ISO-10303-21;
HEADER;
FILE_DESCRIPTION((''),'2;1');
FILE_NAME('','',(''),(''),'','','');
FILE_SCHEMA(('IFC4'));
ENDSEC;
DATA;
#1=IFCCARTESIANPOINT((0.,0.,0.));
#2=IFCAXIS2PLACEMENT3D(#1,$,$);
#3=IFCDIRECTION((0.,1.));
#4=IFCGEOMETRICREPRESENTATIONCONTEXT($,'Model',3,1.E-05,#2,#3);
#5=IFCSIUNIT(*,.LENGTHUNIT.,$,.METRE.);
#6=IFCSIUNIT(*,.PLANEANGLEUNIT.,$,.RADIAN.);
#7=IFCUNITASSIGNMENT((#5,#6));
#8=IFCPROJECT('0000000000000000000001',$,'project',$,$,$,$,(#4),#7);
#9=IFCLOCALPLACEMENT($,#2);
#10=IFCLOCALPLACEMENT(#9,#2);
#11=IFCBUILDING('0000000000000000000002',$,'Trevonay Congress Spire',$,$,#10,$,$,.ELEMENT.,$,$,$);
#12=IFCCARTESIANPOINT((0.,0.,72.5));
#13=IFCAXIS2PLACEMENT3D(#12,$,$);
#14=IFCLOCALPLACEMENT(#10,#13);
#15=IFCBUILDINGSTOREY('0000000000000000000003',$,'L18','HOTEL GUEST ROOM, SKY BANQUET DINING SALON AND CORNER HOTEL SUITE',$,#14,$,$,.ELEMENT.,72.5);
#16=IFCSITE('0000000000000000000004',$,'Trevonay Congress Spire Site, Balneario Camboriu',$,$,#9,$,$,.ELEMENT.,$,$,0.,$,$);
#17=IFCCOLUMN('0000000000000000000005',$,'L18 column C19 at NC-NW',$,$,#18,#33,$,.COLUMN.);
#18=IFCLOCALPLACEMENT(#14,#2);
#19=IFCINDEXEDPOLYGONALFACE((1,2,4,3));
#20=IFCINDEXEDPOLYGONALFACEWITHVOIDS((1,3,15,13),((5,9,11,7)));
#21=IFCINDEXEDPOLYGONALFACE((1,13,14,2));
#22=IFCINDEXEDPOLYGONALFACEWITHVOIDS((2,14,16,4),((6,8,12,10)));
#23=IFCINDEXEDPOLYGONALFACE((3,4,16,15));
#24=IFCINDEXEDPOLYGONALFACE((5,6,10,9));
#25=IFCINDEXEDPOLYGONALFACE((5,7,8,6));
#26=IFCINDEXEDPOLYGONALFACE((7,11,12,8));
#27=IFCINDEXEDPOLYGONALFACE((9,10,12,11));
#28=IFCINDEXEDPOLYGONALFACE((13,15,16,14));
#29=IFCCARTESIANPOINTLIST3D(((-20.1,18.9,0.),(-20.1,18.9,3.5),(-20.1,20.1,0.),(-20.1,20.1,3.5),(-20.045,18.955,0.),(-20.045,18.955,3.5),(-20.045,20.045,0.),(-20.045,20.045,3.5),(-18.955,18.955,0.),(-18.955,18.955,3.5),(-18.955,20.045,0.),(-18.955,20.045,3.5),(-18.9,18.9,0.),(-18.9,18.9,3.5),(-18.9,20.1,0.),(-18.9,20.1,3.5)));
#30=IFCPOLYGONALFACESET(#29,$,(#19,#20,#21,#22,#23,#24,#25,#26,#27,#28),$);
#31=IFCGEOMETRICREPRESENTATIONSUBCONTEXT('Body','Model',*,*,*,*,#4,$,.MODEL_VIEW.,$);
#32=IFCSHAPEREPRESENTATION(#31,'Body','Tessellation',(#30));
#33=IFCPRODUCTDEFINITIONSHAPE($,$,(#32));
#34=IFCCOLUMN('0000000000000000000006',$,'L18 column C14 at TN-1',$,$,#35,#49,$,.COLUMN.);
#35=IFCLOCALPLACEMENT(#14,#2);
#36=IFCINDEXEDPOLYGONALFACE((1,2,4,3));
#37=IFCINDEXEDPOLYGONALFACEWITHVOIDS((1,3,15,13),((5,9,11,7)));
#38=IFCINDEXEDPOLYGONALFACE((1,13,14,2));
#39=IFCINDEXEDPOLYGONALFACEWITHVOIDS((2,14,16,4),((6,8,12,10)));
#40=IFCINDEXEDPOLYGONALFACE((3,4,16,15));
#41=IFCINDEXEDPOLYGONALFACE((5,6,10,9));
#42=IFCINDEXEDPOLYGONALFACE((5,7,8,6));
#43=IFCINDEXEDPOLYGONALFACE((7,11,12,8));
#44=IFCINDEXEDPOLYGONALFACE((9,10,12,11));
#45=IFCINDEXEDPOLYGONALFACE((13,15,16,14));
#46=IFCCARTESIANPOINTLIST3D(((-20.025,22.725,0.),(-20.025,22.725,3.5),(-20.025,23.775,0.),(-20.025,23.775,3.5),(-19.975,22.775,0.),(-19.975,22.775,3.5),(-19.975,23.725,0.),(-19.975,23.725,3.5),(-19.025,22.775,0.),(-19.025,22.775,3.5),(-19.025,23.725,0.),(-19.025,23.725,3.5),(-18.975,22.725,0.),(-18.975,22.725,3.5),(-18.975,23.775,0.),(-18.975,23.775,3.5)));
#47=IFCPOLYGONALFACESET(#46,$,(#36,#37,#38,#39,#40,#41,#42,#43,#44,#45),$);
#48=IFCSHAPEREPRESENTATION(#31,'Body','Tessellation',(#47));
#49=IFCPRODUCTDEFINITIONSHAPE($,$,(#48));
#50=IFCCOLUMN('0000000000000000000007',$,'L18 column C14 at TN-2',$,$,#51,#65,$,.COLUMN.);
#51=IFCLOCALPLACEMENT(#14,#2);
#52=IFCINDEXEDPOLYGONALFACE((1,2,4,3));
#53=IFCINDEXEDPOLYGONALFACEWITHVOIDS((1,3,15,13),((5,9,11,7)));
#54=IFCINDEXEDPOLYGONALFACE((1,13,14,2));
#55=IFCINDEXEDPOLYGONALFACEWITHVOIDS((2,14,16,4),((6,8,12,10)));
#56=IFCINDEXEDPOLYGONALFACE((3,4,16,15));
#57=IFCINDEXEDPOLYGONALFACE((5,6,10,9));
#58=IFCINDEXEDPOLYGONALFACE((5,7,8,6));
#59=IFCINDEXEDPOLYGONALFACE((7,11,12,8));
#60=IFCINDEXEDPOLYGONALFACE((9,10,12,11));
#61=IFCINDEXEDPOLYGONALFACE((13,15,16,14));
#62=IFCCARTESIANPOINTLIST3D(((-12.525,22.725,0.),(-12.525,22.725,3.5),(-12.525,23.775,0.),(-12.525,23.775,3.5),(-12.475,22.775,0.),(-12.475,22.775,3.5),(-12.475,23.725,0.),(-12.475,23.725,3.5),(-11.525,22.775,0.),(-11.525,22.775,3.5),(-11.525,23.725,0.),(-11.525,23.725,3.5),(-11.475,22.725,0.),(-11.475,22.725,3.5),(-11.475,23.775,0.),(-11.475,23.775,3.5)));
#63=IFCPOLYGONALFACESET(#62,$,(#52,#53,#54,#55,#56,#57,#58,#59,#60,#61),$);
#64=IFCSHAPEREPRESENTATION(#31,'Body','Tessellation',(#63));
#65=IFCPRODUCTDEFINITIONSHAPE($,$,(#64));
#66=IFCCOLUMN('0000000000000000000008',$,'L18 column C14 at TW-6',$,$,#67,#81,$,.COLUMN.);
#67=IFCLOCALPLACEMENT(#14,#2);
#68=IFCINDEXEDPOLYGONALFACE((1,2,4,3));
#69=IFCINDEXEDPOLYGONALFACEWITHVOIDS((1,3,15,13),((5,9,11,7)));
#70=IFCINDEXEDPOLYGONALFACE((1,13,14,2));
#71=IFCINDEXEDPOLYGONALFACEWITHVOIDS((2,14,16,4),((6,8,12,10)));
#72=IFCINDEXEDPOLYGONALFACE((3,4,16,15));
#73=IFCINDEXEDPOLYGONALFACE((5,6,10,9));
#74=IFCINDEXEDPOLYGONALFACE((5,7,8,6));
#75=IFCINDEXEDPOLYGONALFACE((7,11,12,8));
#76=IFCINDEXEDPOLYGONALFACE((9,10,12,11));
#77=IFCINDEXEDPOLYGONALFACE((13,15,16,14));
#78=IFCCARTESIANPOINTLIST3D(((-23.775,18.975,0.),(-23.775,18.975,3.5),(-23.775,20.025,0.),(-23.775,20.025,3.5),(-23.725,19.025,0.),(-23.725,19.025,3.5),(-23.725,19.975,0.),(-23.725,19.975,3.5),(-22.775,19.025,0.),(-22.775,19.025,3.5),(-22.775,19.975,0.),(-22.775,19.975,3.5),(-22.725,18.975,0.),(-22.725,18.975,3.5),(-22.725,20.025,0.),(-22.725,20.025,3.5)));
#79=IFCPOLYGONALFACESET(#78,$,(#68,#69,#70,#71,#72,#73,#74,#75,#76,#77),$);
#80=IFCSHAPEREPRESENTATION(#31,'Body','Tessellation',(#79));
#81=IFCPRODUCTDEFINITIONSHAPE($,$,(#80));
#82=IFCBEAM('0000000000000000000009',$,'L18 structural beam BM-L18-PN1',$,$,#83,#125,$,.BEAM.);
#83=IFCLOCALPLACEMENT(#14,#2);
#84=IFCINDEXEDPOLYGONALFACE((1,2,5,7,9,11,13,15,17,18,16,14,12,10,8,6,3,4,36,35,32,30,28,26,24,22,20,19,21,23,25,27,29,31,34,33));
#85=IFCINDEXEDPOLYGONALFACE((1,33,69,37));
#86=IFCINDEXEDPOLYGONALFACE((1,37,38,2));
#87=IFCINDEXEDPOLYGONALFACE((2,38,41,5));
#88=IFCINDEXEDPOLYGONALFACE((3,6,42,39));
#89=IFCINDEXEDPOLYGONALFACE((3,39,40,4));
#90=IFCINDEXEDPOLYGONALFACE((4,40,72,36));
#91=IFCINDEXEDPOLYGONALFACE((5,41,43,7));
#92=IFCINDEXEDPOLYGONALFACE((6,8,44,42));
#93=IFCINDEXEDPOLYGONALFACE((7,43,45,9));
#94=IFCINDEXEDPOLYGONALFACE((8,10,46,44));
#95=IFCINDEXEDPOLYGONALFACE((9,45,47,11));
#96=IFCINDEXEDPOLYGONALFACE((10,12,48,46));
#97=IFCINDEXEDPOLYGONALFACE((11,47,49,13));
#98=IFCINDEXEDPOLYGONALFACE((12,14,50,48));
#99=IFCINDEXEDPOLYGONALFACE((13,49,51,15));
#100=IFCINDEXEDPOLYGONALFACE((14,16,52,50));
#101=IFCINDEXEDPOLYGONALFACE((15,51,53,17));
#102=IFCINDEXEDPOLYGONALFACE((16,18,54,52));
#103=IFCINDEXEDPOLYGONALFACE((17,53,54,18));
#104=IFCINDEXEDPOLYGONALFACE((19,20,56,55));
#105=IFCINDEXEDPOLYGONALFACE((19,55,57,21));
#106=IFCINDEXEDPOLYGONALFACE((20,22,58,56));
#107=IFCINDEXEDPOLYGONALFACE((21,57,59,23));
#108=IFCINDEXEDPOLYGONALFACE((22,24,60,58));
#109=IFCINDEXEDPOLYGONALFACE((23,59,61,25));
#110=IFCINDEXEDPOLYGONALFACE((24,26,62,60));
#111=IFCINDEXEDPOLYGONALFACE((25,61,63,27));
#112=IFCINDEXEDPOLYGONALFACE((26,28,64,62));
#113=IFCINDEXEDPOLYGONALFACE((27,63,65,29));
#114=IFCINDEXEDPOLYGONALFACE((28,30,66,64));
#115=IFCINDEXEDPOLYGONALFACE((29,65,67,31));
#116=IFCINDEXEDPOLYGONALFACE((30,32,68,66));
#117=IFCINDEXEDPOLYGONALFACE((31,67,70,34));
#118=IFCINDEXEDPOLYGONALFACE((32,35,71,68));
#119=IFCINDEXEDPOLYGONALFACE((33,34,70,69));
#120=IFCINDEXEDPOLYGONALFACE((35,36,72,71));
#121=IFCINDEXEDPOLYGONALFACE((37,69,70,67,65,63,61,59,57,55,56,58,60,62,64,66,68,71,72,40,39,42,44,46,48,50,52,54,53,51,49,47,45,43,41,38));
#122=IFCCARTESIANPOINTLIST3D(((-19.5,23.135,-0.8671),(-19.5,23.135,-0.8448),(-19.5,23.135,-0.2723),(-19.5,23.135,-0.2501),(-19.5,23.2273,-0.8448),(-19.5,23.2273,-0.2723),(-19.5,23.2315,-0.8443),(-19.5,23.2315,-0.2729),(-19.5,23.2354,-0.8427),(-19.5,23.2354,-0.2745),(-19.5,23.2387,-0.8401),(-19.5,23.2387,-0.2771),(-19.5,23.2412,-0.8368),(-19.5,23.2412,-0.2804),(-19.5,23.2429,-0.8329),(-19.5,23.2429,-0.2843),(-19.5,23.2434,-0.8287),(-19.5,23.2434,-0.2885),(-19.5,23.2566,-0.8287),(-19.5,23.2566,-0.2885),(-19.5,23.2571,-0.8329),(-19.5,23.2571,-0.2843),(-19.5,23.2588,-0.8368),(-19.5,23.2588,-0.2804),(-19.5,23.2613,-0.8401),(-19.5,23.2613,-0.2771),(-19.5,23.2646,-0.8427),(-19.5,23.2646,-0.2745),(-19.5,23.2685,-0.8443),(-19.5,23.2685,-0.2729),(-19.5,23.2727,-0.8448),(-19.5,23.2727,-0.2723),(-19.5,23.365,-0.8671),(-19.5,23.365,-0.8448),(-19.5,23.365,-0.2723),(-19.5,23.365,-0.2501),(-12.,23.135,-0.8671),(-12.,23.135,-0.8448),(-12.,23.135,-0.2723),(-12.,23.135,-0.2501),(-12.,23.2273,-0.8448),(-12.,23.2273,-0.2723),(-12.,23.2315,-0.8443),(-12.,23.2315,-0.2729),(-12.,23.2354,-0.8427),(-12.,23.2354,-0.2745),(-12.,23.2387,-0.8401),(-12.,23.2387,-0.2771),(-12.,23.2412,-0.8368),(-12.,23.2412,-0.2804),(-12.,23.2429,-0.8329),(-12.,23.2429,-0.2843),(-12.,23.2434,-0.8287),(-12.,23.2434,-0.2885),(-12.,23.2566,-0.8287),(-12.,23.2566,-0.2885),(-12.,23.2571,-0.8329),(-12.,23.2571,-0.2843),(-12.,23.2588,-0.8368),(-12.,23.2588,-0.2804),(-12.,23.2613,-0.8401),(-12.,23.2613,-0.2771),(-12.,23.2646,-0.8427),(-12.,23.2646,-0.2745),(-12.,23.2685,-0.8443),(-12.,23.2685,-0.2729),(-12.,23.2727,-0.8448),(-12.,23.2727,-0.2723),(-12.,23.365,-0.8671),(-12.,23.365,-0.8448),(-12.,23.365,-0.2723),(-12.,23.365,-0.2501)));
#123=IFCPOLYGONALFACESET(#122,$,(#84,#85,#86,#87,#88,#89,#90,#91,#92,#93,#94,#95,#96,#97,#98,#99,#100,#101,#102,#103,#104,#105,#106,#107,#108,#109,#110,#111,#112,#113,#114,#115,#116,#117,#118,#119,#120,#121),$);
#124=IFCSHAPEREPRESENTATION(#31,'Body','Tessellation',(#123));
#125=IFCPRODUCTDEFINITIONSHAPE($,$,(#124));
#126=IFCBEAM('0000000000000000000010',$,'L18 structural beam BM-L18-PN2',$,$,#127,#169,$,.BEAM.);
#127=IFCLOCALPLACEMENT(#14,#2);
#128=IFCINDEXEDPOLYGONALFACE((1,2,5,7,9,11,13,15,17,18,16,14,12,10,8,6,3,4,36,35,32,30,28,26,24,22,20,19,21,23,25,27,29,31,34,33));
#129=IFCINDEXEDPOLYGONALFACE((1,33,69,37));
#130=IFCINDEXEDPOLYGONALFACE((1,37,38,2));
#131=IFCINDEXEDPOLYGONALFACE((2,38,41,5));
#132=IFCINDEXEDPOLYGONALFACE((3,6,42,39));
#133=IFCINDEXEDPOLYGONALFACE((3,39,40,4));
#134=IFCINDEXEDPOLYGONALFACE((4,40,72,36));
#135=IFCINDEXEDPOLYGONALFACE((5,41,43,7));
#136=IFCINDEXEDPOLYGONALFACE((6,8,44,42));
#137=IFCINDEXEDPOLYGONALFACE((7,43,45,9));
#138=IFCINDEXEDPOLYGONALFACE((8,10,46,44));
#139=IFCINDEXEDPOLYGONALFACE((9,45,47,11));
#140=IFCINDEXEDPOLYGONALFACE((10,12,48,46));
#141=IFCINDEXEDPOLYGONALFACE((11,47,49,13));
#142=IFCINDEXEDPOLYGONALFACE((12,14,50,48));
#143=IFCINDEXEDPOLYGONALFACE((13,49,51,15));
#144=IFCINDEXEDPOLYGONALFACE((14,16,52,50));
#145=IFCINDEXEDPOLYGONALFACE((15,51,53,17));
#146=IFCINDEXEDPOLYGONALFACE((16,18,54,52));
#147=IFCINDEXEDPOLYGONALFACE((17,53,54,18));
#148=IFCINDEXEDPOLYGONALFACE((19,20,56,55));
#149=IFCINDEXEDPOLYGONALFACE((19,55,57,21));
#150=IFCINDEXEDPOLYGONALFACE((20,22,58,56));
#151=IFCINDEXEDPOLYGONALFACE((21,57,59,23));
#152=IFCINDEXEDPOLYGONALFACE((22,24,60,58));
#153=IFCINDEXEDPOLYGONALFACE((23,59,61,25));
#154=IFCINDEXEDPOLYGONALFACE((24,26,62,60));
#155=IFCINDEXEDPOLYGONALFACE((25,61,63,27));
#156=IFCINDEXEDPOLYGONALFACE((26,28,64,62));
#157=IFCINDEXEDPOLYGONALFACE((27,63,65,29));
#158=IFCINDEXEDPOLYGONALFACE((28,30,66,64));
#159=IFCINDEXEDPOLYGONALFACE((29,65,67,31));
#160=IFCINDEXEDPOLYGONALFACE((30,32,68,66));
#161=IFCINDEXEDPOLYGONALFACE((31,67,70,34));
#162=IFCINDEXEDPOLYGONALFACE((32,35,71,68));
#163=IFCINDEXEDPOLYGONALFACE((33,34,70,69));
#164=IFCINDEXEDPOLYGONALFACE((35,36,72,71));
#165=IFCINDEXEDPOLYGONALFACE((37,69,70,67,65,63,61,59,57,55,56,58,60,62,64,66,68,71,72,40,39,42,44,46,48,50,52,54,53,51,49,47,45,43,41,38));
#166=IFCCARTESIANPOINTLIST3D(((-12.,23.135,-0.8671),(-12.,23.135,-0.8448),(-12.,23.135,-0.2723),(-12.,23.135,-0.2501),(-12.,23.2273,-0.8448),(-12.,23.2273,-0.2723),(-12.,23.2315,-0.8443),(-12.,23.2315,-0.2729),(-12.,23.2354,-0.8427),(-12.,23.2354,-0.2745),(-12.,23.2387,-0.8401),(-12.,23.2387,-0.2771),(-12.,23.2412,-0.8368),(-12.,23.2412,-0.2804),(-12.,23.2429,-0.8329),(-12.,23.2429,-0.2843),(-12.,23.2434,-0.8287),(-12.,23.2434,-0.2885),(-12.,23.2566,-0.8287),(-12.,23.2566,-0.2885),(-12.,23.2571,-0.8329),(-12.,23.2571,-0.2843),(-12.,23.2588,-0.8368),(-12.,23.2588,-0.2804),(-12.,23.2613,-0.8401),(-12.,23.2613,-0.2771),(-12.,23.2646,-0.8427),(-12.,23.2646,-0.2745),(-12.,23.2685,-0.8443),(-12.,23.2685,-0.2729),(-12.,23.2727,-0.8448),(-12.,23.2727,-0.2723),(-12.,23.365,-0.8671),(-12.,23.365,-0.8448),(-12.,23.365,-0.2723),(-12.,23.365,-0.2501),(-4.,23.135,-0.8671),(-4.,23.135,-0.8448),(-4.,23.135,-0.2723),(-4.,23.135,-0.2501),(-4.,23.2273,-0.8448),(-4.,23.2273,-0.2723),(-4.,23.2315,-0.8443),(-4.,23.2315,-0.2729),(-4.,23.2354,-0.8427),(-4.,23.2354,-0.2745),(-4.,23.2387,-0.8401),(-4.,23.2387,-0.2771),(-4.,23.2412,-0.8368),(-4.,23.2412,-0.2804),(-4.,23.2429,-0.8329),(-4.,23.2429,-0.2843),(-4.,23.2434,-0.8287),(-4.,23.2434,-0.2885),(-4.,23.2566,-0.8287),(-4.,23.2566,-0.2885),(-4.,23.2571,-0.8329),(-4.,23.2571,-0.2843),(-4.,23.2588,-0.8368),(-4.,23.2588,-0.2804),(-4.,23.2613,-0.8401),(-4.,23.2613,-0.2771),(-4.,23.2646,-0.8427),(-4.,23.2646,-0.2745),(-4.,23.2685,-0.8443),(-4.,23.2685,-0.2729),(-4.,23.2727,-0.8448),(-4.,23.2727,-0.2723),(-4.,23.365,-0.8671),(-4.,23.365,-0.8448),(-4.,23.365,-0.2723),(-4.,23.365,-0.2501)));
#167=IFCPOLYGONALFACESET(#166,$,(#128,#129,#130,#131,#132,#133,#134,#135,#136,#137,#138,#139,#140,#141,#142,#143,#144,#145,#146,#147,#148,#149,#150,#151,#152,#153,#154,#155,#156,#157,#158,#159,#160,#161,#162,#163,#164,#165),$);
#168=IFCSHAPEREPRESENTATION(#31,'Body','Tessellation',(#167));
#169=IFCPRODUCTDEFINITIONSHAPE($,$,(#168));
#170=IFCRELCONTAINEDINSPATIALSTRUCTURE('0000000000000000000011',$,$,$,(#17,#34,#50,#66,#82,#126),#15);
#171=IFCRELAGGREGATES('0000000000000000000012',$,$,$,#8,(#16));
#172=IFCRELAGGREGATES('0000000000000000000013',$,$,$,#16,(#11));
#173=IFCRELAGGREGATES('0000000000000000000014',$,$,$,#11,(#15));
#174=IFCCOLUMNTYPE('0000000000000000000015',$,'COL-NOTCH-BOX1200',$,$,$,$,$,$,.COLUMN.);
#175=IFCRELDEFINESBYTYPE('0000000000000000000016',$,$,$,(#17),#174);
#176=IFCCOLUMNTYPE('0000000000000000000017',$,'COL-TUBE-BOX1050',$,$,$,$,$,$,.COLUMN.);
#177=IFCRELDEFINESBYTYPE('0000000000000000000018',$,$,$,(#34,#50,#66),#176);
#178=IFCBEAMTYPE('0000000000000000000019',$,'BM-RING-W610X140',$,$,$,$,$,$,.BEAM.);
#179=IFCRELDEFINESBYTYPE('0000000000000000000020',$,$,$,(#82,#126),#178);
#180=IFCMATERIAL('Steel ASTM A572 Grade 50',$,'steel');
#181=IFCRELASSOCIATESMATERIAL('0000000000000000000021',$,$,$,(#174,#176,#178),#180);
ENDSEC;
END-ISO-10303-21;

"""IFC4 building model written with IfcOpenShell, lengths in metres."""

from ifc_helpers import new_model, si_unit, direction, frame, origin, origin_2d, place, context, subcontext, project, spatial, hollow_rectangle, i_section, extrude, material, material_profile, profile_set, type_object, element, save


model = new_model("IFC4")

# Units and contexts
model_context = context("Model", 3, precision=1e-05, world=origin(), true_north=direction((0.0, 1.0)))
body_context = subcontext(model_context, "Body", "Model", "MODEL_VIEW")
ifc_project = project(units=[si_unit("LENGTHUNIT", "METRE"), si_unit("PLANEANGLEUNIT", "RADIAN")], contexts=[model_context])

# Site, building, storey
site_placement = place(None, origin())
site = spatial("IfcSite", under=ifc_project, at=site_placement, Name="Trevonay Congress Spire Site, Balneario Camboriu", CompositionType="ELEMENT", RefElevation=0.0)
building_placement = place(site_placement, origin())
building = spatial("IfcBuilding", under=site, at=building_placement, Name="Trevonay Congress Spire", CompositionType="ELEMENT")
storey_placement = place(building_placement, frame((0.0, 0.0, 72.5)))
storey = spatial("IfcBuildingStorey", under=building, at=storey_placement, Name="L18", Description="HOTEL GUEST ROOM, SKY BANQUET DINING SALON AND CORNER HOTEL SUITE", CompositionType="ELEMENT", Elevation=72.5)

# Columns
ifc_material_1 = material(Name="Steel ASTM A572 Grade 50", Category="steel")
ifc_material_profile_1 = material_profile(ifc_material_1, hollow_rectangle(XDim=1.2, YDim=1.2, WallThickness=0.0549, at=origin_2d()), Name="BOX 1200x1200x55")
ifc_profile_set_1 = profile_set([ifc_material_profile_1], Name="Steel ASTM A572 Grade 50")
column_type_1 = type_object("IfcColumnType", Name="COL-NOTCH-BOX1200", PredefinedType="COLUMN", material=ifc_profile_set_1)
column_placement = place(storey_placement, frame((-19.5, 19.5, 0.0), z_axis=(0.0, 0.0, 1.0), x_axis=(1.0, 0.0, 0.0)))
element("IfcColumn", 1, at=column_placement, inside=storey, type_object=column_type_1, Name="L18 column C19 at NC-NW", PredefinedType="COLUMN", context=body_context, shape_type="SweptSolid", body=[
    extrude(hollow_rectangle(XDim=1.2, YDim=1.2, WallThickness=0.0549, at=origin_2d()), origin(), (0.0, 0.0, 1.0), 3.5),
])
ifc_material_profile_2 = material_profile(ifc_material_1, hollow_rectangle(XDim=1.05, YDim=1.05, WallThickness=0.05, at=origin_2d()), Name="BOX 1050x1050x50")
ifc_profile_set_2 = profile_set([ifc_material_profile_2], Name="Steel ASTM A572 Grade 50")
column_type_2 = type_object("IfcColumnType", Name="COL-TUBE-BOX1050", PredefinedType="COLUMN", material=ifc_profile_set_2)
for number, where, z_axis, x_axis, name in (
    (2, (-19.5, 23.25, 0.0), (0.0, 0.0, 1.0), (1.0, 0.0, 0.0), "L18 column C14 at TN-1"),
    (3, (-12.0, 23.25, 0.0), (0.0, 0.0, 1.0), (1.0, 0.0, 0.0), "L18 column C14 at TN-2"),
    (4, (-23.25, 19.5, 0.0), (0.0, 0.0, 1.0), (1.0, 0.0, 0.0), "L18 column C14 at TW-6"),
):
    element("IfcColumn", number, at=place(storey_placement, frame(where, z_axis=z_axis, x_axis=x_axis)), inside=storey, type_object=column_type_2, Name=name, PredefinedType="COLUMN", context=body_context, shape_type="SweptSolid", body=[
        extrude(hollow_rectangle(XDim=1.05, YDim=1.05, WallThickness=0.05, at=origin_2d()), origin(), (0.0, 0.0, 1.0), 3.5),
    ])

# Beams
ifc_material_profile_3 = material_profile(ifc_material_1, i_section(OverallWidth=0.23, OverallDepth=0.6169, WebThickness=0.0132, FlangeThickness=0.0222, FilletRadius=0.0161, at=origin_2d()), Name="W610x140")
ifc_profile_set_3 = profile_set([ifc_material_profile_3], Name="Steel ASTM A572 Grade 50")
beam_type = type_object("IfcBeamType", Name="BM-RING-W610X140", PredefinedType="BEAM", material=ifc_profile_set_3)
beam_1_placement = place(storey_placement, frame((-19.5, 23.25, -0.5586), z_axis=(1.0, 0.0, 0.0), x_axis=(0.0, 1.0, 0.0)))
element("IfcBeam", 5, at=beam_1_placement, inside=storey, type_object=beam_type, Name="L18 structural beam BM-L18-PN1", PredefinedType="BEAM", context=body_context, shape_type="SweptSolid", body=[
    extrude(i_section(OverallWidth=0.23, OverallDepth=0.6169, WebThickness=0.0132, FlangeThickness=0.0222, FilletRadius=0.0161, at=origin_2d()), origin(), (0.0, 0.0, 1.0), 7.5),
])
beam_2_placement = place(storey_placement, frame((-12.0, 23.25, -0.5586), z_axis=(1.0, 0.0, 0.0), x_axis=(0.0, 1.0, 0.0)))
element("IfcBeam", 6, at=beam_2_placement, inside=storey, type_object=beam_type, Name="L18 structural beam BM-L18-PN2", PredefinedType="BEAM", context=body_context, shape_type="SweptSolid", body=[
    extrude(i_section(OverallWidth=0.23, OverallDepth=0.6169, WebThickness=0.0132, FlangeThickness=0.0222, FilletRadius=0.0161, at=origin_2d()), origin(), (0.0, 0.0, 1.0), 8.0),
])

save(model, "model.ifc")
